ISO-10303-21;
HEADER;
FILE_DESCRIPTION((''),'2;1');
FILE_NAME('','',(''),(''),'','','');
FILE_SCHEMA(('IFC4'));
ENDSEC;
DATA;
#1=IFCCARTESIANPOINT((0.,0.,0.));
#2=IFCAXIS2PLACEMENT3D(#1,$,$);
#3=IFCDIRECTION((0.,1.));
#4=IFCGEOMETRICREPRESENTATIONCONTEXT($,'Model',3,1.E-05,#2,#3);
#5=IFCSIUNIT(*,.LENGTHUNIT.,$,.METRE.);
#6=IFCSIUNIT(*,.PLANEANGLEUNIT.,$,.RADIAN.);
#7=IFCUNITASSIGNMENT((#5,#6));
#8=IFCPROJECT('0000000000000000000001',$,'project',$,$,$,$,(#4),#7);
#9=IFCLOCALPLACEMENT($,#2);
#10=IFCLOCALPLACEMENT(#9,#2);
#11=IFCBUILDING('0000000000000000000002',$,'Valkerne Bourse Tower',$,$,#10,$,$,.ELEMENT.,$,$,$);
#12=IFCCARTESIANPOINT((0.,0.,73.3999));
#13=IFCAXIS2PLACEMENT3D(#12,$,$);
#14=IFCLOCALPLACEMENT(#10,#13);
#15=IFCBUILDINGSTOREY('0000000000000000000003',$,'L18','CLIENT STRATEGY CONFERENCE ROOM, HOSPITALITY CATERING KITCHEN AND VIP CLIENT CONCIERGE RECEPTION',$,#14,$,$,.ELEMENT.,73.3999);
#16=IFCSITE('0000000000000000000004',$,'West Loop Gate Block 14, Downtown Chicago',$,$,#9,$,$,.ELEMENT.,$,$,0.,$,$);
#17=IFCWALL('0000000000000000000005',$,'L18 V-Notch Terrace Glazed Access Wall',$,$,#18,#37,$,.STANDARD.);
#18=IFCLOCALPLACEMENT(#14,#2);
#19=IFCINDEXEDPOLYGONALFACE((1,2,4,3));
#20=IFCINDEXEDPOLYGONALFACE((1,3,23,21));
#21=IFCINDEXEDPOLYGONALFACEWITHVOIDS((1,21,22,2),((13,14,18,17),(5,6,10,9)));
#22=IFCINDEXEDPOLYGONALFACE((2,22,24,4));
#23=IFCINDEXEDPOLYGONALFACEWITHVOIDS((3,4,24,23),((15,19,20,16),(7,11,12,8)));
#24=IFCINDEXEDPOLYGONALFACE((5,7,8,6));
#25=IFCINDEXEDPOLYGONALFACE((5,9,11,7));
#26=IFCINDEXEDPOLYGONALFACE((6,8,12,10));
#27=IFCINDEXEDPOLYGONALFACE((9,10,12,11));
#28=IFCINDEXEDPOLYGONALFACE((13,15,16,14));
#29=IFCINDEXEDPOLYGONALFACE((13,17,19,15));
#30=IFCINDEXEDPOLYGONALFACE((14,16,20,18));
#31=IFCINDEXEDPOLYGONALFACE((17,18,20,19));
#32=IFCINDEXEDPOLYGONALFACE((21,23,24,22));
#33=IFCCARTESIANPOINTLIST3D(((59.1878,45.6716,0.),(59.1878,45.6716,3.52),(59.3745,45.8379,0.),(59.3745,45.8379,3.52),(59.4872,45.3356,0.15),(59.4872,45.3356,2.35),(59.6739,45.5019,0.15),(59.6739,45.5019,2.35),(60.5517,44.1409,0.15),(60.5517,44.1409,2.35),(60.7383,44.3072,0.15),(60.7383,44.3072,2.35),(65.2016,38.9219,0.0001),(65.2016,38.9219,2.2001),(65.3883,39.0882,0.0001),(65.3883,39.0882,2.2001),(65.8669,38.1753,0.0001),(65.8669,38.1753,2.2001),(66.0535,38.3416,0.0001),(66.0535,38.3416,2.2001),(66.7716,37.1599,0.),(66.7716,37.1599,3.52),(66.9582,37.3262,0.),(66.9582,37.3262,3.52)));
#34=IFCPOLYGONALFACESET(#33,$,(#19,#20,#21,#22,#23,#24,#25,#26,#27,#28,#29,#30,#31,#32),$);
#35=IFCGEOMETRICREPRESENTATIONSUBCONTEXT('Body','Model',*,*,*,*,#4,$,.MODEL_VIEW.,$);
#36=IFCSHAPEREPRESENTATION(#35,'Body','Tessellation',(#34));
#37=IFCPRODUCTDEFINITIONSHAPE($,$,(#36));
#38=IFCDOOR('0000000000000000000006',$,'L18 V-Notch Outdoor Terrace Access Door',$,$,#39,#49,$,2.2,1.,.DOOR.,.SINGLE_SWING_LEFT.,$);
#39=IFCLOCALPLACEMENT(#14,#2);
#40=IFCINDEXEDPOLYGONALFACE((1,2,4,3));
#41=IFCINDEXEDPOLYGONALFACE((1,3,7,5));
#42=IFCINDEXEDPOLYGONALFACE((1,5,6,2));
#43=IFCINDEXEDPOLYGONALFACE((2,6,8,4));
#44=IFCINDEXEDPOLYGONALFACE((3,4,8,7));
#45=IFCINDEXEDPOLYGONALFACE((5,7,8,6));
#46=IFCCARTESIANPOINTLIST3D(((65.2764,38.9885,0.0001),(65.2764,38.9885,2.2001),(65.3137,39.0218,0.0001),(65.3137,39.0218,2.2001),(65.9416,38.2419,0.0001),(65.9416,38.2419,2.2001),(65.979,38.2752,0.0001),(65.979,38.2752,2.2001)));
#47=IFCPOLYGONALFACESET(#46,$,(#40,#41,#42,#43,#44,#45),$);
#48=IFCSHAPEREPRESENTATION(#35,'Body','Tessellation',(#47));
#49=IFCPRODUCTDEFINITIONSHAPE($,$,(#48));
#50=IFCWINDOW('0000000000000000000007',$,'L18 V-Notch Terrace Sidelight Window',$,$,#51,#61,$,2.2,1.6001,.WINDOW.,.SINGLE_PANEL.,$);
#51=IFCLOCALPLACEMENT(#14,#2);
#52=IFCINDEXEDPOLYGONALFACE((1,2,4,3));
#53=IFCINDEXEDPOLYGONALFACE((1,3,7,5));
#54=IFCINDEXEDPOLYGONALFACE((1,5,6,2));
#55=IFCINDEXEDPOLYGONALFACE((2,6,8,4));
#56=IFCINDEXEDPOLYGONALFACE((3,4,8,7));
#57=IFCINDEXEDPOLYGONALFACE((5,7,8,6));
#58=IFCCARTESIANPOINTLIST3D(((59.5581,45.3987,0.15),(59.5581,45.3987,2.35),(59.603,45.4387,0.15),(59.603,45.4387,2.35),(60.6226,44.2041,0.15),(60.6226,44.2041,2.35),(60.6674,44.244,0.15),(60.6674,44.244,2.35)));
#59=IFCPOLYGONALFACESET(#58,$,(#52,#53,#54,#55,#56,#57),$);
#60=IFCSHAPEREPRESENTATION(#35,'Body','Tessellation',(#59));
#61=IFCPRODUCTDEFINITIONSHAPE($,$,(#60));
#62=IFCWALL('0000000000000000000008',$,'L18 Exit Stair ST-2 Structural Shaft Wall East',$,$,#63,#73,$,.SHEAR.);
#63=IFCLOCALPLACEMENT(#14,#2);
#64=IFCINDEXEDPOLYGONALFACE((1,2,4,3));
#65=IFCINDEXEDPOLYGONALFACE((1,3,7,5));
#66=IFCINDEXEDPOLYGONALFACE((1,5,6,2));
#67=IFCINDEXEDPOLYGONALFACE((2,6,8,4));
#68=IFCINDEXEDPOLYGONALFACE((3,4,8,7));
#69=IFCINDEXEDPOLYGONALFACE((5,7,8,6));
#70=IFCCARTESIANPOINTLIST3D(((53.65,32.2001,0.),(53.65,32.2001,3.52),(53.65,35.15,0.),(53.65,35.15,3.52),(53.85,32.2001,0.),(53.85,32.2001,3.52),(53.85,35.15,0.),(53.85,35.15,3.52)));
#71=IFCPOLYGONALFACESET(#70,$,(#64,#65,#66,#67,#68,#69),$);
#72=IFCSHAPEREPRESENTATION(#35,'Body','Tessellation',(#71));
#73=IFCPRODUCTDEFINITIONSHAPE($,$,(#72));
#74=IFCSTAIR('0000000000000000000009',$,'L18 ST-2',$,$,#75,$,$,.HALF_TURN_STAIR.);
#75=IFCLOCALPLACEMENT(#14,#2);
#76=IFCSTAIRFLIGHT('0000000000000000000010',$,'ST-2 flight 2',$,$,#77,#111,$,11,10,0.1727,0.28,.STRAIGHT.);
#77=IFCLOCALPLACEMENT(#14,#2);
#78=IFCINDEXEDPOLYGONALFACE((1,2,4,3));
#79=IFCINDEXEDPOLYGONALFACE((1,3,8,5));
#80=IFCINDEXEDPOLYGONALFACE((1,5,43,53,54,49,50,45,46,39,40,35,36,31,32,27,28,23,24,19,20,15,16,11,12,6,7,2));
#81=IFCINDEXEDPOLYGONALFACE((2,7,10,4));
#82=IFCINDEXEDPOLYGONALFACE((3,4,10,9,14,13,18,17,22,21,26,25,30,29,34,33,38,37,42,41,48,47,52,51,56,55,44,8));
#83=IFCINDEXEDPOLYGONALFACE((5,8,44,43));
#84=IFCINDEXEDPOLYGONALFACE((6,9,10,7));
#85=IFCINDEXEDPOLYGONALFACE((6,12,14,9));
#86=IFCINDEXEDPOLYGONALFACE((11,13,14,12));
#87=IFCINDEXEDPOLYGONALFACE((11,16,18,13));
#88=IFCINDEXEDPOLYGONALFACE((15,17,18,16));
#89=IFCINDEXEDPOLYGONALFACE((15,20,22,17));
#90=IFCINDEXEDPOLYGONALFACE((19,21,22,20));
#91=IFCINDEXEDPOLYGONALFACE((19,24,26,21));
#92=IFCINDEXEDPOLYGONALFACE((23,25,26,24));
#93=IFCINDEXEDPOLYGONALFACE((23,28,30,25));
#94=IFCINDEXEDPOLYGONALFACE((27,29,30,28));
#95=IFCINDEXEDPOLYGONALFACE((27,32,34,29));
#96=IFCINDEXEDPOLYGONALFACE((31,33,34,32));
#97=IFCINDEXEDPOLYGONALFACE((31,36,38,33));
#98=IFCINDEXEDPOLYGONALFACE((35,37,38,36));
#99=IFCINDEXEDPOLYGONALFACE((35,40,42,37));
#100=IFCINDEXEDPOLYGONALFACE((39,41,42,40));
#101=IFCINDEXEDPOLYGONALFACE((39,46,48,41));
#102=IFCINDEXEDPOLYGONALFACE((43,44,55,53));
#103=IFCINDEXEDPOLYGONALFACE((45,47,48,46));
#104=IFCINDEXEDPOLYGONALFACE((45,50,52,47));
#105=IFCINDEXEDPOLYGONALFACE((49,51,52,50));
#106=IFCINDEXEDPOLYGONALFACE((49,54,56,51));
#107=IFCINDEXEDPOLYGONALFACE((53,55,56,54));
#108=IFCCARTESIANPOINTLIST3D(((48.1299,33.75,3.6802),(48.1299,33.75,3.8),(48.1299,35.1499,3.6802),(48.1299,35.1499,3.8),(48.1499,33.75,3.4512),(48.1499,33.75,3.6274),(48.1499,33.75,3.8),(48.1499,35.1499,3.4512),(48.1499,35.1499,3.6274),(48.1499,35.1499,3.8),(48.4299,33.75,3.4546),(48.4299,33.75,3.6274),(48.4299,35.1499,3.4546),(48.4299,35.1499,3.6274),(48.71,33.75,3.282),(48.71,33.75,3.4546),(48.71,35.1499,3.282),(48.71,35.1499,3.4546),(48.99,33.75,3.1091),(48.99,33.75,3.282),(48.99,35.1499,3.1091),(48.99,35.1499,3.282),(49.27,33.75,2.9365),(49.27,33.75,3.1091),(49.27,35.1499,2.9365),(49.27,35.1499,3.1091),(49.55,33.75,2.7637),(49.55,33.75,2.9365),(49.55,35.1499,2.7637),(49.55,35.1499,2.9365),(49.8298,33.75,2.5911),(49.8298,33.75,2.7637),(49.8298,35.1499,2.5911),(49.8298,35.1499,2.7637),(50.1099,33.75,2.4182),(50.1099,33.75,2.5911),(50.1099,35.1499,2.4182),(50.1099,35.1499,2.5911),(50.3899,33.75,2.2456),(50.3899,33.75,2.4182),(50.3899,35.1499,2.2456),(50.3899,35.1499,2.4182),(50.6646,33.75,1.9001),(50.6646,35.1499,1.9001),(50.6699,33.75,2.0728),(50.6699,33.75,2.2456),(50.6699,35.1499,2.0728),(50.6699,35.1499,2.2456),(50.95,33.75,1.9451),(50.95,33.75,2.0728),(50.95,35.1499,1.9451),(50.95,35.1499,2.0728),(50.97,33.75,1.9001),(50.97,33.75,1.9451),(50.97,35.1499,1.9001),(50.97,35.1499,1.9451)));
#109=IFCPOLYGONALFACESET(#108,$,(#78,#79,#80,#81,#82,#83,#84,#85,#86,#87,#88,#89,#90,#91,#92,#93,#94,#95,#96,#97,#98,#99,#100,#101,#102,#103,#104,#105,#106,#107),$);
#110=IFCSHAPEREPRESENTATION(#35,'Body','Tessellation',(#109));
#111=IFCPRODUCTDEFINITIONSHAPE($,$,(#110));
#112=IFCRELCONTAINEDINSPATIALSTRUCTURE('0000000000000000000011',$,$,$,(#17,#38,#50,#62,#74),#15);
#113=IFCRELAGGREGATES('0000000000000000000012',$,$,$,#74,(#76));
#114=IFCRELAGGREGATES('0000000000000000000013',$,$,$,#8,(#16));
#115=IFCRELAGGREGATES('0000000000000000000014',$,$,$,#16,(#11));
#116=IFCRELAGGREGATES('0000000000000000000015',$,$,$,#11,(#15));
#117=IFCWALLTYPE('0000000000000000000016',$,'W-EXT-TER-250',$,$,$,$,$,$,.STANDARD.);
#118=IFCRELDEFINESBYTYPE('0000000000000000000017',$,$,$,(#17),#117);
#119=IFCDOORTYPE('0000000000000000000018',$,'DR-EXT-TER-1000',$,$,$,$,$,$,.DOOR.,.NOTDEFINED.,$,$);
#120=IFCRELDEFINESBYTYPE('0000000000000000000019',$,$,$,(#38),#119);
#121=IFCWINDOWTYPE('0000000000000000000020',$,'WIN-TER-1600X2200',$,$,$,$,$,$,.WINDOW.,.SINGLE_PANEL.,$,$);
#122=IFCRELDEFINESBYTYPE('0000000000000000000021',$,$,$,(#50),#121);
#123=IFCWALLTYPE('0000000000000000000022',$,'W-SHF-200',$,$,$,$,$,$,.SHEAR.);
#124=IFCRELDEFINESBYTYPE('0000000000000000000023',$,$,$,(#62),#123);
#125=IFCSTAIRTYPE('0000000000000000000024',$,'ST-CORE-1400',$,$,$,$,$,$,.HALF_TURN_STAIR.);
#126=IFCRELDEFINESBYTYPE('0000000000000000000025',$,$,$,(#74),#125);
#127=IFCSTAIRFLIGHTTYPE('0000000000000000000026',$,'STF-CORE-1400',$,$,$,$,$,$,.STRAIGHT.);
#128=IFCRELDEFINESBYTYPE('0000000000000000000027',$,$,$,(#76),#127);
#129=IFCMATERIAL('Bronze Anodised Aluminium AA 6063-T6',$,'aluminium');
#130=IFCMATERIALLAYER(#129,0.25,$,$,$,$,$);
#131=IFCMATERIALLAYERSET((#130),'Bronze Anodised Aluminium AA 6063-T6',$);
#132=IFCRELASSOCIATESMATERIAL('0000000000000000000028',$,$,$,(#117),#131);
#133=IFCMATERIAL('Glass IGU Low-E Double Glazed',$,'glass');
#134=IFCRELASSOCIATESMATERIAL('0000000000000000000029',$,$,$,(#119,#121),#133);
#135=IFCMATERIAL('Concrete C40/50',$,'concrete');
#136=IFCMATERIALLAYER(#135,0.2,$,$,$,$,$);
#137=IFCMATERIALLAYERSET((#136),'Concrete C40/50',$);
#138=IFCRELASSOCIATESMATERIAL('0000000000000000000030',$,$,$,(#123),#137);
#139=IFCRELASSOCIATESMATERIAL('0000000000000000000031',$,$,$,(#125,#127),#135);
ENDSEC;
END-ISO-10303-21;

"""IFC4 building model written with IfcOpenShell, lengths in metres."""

from ifc_helpers import new_model, si_unit, direction, frame, frame_2d, origin, place, context, subcontext, project, spatial, polyline, rectangle, outline, extrude, material, layer, layer_set, type_object, element, fill, aggregate, save


model = new_model("IFC4")

# Units and contexts
model_context = context("Model", 3, precision=1e-05, world=origin(), true_north=direction((0.0, 1.0)))
body_context = subcontext(model_context, "Body", "Model", "MODEL_VIEW")
ifc_project = project(units=[si_unit("LENGTHUNIT", "METRE"), si_unit("PLANEANGLEUNIT", "RADIAN")], contexts=[model_context])

# Site, building, storey
site_placement = place(None, origin())
site = spatial("IfcSite", under=ifc_project, at=site_placement, Name="West Loop Gate Block 14, Downtown Chicago", CompositionType="ELEMENT", RefElevation=0.0)
building_placement = place(site_placement, origin())
building = spatial("IfcBuilding", under=site, at=building_placement, Name="Valkerne Bourse Tower", CompositionType="ELEMENT")
storey_placement = place(building_placement, frame((0.0, 0.0, 73.3999)))
storey = spatial("IfcBuildingStorey", under=building, at=storey_placement, Name="L18", Description="CLIENT STRATEGY CONFERENCE ROOM, HOSPITALITY CATERING KITCHEN AND VIP CLIENT CONCIERGE RECEPTION", CompositionType="ELEMENT", Elevation=73.3999)

# Shared definitions
ifc_material_1 = material(Name="Bronze Anodised Aluminium AA 6063-T6", Category="aluminium")

# Shared definitions
ifc_material_2 = material(Name="Glass IGU Low-E Double Glazed", Category="glass")

# Wall, openings, door, window
ifc_layer_1 = layer(ifc_material_1, 0.25)
ifc_layer_set_1 = layer_set([ifc_layer_1], Name="Bronze Anodised Aluminium AA 6063-T6")
wall_type_1 = type_object("IfcWallType", Name="W-EXT-TER-250", PredefinedType="STANDARD", material=ifc_layer_set_1)
wall_1_placement = place(storey_placement, frame((66.865, 37.2429, 0.0), z_axis=(0.0, 0.0, 1.0), x_axis=(-0.665234, 0.746635, 0.0)))
wall_1 = element("IfcWall", 1, at=wall_1_placement, inside=storey, type_object=wall_type_1, Name="L18 V-Notch Terrace Glazed Access Wall", PredefinedType="STANDARD", context=body_context, shape_type="SweptSolid", body=[
    extrude(rectangle(XDim=11.4001, YDim=0.25, at=frame_2d((5.7002, 0.0))), origin(), (0.0, 0.0, 1.0), 3.52),
])
opening_1_placement = place(wall_1_placement, frame((1.3601, 0.0, 0.0)))
opening_1 = element("IfcOpeningElement", 2, at=opening_1_placement, cuts=wall_1, PredefinedType="OPENING", context=body_context, shape_type="SweptSolid", body=[
    extrude(rectangle(XDim=1.0, YDim=2.2, at=frame_2d((0.5, 1.1001))), frame((0.0, 0.135, 0.0), z_axis=(0.0, -1.0, 0.0), x_axis=(1.0, 0.0, 0.0)), (0.0, 0.0, 1.0), 0.27),
])
opening_2_placement = place(wall_1_placement, frame((9.3501, 0.0, 0.1499)))
opening_2 = element("IfcOpeningElement", 3, at=opening_2_placement, cuts=wall_1, PredefinedType="OPENING", context=body_context, shape_type="SweptSolid", body=[
    extrude(rectangle(XDim=1.6001, YDim=2.2, at=frame_2d((0.8, 1.1001))), frame((0.0, 0.135, 0.0), z_axis=(0.0, -1.0, 0.0), x_axis=(1.0, 0.0, 0.0)), (0.0, 0.0, 1.0), 0.27),
])
door_type_1 = type_object("IfcDoorType", Name="DR-EXT-TER-1000", OperationType="NOTDEFINED", PredefinedType="DOOR", material=ifc_material_2)
door_1_placement = place(opening_1_placement, origin())
door_1 = element("IfcDoor", 4, at=door_1_placement, inside=storey, type_object=door_type_1, Name="L18 V-Notch Outdoor Terrace Access Door", OperationType="SINGLE_SWING_LEFT", OverallHeight=2.2, OverallWidth=1.0, PredefinedType="DOOR", context=body_context, shape_type="SweptSolid", body=[
    extrude(rectangle(XDim=1.0, YDim=2.2, at=frame_2d((0.5, 1.1001))), frame((0.0, 0.0249, 0.0), z_axis=(0.0, -1.0, 0.0), x_axis=(1.0, 0.0, 0.0)), (0.0, 0.0, 1.0), 0.05),
])
fill(opening_1, door_1)
window_type = type_object("IfcWindowType", Name="WIN-TER-1600X2200", PartitioningType="SINGLE_PANEL", PredefinedType="WINDOW", material=ifc_material_2)
window_placement = place(opening_2_placement, origin())
window = element("IfcWindow", 5, at=window_placement, inside=storey, type_object=window_type, Name="L18 V-Notch Terrace Sidelight Window", OverallHeight=2.2, OverallWidth=1.6001, PartitioningType="SINGLE_PANEL", PredefinedType="WINDOW", context=body_context, shape_type="SweptSolid", body=[
    extrude(rectangle(XDim=1.6001, YDim=2.2, at=frame_2d((0.8, 1.1001))), frame((0.0, 0.03, 0.0), z_axis=(0.0, -1.0, 0.0), x_axis=(1.0, 0.0, 0.0)), (0.0, 0.0, 1.0), 0.0601),
])
fill(opening_2, window)

# Wall
ifc_material_3 = material(Name="Concrete C40/50", Category="concrete")
ifc_layer_2 = layer(ifc_material_3, 0.2)
ifc_layer_set_2 = layer_set([ifc_layer_2], Name="Concrete C40/50")
wall_type_2 = type_object("IfcWallType", Name="W-SHF-200", PredefinedType="SHEAR", material=ifc_layer_set_2)
wall_2_placement = place(storey_placement, frame((53.75, 32.2, 0.0), z_axis=(0.0, 0.0, 1.0), x_axis=(0.0, 1.0, 0.0)))
element("IfcWall", 6, at=wall_2_placement, inside=storey, type_object=wall_type_2, Name="L18 Exit Stair ST-2 Structural Shaft Wall East", PredefinedType="SHEAR", context=body_context, shape_type="SweptSolid", body=[
    extrude(rectangle(XDim=2.95, YDim=0.2, at=frame_2d((1.4751, 0.0))), origin(), (0.0, 0.0, 1.0), 3.52),
])

# Stair, stair flight
stair_type = type_object("IfcStairType", Name="ST-CORE-1400", PredefinedType="HALF_TURN_STAIR", material=ifc_material_3)
stair_placement = place(storey_placement, origin())
stair = element("IfcStair", 7, at=stair_placement, inside=storey, type_object=stair_type, Name="L18 ST-2", PredefinedType="HALF_TURN_STAIR")
stair_flight_type = type_object("IfcStairFlightType", Name="STF-CORE-1400", PredefinedType="STRAIGHT", material=ifc_material_3)
stair_flight_placement = place(storey_placement, frame((50.95, 34.45, 1.9001), z_axis=(0.0, 0.0, 1.0), x_axis=(-1.0, 0.0, 0.0)))
stair_flight = element("IfcStairFlight", 8, at=stair_flight_placement, type_object=stair_flight_type, Name="ST-2 flight 2", NumberOfRisers=11, NumberOfTreads=10, PredefinedType="STRAIGHT", RiserHeight=0.1727, TreadLength=0.28, context=body_context, shape_type="SweptSolid", body=[
    extrude(outline(polyline([(-0.02, 0.0), (-0.02, 0.0449), (0.0, 0.0449), (0.0, 0.1726), (0.28, 0.1726), (0.28, 0.3455), (0.5601, 0.3455), (0.5601, 0.5181), (0.8401, 0.5181), (0.8401, 0.6909), (1.1201, 0.6909), (1.1201, 0.8635), (1.3999, 0.8635), (1.3999, 1.0364), (1.6799, 1.0364), (1.6799, 1.209), (1.96, 1.209), (1.96, 1.3818), (2.24, 1.3818), (2.24, 1.5544), (2.52, 1.5544), (2.52, 1.7273), (2.8, 1.7273), (2.8, 1.8999), (2.8201, 1.8999), (2.8201, 1.78), (2.8, 1.551), (0.2854, 0.0), (-0.02, 0.0)])), frame((0.0, 0.7, 0.0), z_axis=(0.0, -1.0, 0.0), x_axis=(1.0, 0.0, 0.0)), (0.0, 0.0, 1.0), 1.3999),
])
aggregate(stair, [stair_flight])

save(model, "model.ifc")
